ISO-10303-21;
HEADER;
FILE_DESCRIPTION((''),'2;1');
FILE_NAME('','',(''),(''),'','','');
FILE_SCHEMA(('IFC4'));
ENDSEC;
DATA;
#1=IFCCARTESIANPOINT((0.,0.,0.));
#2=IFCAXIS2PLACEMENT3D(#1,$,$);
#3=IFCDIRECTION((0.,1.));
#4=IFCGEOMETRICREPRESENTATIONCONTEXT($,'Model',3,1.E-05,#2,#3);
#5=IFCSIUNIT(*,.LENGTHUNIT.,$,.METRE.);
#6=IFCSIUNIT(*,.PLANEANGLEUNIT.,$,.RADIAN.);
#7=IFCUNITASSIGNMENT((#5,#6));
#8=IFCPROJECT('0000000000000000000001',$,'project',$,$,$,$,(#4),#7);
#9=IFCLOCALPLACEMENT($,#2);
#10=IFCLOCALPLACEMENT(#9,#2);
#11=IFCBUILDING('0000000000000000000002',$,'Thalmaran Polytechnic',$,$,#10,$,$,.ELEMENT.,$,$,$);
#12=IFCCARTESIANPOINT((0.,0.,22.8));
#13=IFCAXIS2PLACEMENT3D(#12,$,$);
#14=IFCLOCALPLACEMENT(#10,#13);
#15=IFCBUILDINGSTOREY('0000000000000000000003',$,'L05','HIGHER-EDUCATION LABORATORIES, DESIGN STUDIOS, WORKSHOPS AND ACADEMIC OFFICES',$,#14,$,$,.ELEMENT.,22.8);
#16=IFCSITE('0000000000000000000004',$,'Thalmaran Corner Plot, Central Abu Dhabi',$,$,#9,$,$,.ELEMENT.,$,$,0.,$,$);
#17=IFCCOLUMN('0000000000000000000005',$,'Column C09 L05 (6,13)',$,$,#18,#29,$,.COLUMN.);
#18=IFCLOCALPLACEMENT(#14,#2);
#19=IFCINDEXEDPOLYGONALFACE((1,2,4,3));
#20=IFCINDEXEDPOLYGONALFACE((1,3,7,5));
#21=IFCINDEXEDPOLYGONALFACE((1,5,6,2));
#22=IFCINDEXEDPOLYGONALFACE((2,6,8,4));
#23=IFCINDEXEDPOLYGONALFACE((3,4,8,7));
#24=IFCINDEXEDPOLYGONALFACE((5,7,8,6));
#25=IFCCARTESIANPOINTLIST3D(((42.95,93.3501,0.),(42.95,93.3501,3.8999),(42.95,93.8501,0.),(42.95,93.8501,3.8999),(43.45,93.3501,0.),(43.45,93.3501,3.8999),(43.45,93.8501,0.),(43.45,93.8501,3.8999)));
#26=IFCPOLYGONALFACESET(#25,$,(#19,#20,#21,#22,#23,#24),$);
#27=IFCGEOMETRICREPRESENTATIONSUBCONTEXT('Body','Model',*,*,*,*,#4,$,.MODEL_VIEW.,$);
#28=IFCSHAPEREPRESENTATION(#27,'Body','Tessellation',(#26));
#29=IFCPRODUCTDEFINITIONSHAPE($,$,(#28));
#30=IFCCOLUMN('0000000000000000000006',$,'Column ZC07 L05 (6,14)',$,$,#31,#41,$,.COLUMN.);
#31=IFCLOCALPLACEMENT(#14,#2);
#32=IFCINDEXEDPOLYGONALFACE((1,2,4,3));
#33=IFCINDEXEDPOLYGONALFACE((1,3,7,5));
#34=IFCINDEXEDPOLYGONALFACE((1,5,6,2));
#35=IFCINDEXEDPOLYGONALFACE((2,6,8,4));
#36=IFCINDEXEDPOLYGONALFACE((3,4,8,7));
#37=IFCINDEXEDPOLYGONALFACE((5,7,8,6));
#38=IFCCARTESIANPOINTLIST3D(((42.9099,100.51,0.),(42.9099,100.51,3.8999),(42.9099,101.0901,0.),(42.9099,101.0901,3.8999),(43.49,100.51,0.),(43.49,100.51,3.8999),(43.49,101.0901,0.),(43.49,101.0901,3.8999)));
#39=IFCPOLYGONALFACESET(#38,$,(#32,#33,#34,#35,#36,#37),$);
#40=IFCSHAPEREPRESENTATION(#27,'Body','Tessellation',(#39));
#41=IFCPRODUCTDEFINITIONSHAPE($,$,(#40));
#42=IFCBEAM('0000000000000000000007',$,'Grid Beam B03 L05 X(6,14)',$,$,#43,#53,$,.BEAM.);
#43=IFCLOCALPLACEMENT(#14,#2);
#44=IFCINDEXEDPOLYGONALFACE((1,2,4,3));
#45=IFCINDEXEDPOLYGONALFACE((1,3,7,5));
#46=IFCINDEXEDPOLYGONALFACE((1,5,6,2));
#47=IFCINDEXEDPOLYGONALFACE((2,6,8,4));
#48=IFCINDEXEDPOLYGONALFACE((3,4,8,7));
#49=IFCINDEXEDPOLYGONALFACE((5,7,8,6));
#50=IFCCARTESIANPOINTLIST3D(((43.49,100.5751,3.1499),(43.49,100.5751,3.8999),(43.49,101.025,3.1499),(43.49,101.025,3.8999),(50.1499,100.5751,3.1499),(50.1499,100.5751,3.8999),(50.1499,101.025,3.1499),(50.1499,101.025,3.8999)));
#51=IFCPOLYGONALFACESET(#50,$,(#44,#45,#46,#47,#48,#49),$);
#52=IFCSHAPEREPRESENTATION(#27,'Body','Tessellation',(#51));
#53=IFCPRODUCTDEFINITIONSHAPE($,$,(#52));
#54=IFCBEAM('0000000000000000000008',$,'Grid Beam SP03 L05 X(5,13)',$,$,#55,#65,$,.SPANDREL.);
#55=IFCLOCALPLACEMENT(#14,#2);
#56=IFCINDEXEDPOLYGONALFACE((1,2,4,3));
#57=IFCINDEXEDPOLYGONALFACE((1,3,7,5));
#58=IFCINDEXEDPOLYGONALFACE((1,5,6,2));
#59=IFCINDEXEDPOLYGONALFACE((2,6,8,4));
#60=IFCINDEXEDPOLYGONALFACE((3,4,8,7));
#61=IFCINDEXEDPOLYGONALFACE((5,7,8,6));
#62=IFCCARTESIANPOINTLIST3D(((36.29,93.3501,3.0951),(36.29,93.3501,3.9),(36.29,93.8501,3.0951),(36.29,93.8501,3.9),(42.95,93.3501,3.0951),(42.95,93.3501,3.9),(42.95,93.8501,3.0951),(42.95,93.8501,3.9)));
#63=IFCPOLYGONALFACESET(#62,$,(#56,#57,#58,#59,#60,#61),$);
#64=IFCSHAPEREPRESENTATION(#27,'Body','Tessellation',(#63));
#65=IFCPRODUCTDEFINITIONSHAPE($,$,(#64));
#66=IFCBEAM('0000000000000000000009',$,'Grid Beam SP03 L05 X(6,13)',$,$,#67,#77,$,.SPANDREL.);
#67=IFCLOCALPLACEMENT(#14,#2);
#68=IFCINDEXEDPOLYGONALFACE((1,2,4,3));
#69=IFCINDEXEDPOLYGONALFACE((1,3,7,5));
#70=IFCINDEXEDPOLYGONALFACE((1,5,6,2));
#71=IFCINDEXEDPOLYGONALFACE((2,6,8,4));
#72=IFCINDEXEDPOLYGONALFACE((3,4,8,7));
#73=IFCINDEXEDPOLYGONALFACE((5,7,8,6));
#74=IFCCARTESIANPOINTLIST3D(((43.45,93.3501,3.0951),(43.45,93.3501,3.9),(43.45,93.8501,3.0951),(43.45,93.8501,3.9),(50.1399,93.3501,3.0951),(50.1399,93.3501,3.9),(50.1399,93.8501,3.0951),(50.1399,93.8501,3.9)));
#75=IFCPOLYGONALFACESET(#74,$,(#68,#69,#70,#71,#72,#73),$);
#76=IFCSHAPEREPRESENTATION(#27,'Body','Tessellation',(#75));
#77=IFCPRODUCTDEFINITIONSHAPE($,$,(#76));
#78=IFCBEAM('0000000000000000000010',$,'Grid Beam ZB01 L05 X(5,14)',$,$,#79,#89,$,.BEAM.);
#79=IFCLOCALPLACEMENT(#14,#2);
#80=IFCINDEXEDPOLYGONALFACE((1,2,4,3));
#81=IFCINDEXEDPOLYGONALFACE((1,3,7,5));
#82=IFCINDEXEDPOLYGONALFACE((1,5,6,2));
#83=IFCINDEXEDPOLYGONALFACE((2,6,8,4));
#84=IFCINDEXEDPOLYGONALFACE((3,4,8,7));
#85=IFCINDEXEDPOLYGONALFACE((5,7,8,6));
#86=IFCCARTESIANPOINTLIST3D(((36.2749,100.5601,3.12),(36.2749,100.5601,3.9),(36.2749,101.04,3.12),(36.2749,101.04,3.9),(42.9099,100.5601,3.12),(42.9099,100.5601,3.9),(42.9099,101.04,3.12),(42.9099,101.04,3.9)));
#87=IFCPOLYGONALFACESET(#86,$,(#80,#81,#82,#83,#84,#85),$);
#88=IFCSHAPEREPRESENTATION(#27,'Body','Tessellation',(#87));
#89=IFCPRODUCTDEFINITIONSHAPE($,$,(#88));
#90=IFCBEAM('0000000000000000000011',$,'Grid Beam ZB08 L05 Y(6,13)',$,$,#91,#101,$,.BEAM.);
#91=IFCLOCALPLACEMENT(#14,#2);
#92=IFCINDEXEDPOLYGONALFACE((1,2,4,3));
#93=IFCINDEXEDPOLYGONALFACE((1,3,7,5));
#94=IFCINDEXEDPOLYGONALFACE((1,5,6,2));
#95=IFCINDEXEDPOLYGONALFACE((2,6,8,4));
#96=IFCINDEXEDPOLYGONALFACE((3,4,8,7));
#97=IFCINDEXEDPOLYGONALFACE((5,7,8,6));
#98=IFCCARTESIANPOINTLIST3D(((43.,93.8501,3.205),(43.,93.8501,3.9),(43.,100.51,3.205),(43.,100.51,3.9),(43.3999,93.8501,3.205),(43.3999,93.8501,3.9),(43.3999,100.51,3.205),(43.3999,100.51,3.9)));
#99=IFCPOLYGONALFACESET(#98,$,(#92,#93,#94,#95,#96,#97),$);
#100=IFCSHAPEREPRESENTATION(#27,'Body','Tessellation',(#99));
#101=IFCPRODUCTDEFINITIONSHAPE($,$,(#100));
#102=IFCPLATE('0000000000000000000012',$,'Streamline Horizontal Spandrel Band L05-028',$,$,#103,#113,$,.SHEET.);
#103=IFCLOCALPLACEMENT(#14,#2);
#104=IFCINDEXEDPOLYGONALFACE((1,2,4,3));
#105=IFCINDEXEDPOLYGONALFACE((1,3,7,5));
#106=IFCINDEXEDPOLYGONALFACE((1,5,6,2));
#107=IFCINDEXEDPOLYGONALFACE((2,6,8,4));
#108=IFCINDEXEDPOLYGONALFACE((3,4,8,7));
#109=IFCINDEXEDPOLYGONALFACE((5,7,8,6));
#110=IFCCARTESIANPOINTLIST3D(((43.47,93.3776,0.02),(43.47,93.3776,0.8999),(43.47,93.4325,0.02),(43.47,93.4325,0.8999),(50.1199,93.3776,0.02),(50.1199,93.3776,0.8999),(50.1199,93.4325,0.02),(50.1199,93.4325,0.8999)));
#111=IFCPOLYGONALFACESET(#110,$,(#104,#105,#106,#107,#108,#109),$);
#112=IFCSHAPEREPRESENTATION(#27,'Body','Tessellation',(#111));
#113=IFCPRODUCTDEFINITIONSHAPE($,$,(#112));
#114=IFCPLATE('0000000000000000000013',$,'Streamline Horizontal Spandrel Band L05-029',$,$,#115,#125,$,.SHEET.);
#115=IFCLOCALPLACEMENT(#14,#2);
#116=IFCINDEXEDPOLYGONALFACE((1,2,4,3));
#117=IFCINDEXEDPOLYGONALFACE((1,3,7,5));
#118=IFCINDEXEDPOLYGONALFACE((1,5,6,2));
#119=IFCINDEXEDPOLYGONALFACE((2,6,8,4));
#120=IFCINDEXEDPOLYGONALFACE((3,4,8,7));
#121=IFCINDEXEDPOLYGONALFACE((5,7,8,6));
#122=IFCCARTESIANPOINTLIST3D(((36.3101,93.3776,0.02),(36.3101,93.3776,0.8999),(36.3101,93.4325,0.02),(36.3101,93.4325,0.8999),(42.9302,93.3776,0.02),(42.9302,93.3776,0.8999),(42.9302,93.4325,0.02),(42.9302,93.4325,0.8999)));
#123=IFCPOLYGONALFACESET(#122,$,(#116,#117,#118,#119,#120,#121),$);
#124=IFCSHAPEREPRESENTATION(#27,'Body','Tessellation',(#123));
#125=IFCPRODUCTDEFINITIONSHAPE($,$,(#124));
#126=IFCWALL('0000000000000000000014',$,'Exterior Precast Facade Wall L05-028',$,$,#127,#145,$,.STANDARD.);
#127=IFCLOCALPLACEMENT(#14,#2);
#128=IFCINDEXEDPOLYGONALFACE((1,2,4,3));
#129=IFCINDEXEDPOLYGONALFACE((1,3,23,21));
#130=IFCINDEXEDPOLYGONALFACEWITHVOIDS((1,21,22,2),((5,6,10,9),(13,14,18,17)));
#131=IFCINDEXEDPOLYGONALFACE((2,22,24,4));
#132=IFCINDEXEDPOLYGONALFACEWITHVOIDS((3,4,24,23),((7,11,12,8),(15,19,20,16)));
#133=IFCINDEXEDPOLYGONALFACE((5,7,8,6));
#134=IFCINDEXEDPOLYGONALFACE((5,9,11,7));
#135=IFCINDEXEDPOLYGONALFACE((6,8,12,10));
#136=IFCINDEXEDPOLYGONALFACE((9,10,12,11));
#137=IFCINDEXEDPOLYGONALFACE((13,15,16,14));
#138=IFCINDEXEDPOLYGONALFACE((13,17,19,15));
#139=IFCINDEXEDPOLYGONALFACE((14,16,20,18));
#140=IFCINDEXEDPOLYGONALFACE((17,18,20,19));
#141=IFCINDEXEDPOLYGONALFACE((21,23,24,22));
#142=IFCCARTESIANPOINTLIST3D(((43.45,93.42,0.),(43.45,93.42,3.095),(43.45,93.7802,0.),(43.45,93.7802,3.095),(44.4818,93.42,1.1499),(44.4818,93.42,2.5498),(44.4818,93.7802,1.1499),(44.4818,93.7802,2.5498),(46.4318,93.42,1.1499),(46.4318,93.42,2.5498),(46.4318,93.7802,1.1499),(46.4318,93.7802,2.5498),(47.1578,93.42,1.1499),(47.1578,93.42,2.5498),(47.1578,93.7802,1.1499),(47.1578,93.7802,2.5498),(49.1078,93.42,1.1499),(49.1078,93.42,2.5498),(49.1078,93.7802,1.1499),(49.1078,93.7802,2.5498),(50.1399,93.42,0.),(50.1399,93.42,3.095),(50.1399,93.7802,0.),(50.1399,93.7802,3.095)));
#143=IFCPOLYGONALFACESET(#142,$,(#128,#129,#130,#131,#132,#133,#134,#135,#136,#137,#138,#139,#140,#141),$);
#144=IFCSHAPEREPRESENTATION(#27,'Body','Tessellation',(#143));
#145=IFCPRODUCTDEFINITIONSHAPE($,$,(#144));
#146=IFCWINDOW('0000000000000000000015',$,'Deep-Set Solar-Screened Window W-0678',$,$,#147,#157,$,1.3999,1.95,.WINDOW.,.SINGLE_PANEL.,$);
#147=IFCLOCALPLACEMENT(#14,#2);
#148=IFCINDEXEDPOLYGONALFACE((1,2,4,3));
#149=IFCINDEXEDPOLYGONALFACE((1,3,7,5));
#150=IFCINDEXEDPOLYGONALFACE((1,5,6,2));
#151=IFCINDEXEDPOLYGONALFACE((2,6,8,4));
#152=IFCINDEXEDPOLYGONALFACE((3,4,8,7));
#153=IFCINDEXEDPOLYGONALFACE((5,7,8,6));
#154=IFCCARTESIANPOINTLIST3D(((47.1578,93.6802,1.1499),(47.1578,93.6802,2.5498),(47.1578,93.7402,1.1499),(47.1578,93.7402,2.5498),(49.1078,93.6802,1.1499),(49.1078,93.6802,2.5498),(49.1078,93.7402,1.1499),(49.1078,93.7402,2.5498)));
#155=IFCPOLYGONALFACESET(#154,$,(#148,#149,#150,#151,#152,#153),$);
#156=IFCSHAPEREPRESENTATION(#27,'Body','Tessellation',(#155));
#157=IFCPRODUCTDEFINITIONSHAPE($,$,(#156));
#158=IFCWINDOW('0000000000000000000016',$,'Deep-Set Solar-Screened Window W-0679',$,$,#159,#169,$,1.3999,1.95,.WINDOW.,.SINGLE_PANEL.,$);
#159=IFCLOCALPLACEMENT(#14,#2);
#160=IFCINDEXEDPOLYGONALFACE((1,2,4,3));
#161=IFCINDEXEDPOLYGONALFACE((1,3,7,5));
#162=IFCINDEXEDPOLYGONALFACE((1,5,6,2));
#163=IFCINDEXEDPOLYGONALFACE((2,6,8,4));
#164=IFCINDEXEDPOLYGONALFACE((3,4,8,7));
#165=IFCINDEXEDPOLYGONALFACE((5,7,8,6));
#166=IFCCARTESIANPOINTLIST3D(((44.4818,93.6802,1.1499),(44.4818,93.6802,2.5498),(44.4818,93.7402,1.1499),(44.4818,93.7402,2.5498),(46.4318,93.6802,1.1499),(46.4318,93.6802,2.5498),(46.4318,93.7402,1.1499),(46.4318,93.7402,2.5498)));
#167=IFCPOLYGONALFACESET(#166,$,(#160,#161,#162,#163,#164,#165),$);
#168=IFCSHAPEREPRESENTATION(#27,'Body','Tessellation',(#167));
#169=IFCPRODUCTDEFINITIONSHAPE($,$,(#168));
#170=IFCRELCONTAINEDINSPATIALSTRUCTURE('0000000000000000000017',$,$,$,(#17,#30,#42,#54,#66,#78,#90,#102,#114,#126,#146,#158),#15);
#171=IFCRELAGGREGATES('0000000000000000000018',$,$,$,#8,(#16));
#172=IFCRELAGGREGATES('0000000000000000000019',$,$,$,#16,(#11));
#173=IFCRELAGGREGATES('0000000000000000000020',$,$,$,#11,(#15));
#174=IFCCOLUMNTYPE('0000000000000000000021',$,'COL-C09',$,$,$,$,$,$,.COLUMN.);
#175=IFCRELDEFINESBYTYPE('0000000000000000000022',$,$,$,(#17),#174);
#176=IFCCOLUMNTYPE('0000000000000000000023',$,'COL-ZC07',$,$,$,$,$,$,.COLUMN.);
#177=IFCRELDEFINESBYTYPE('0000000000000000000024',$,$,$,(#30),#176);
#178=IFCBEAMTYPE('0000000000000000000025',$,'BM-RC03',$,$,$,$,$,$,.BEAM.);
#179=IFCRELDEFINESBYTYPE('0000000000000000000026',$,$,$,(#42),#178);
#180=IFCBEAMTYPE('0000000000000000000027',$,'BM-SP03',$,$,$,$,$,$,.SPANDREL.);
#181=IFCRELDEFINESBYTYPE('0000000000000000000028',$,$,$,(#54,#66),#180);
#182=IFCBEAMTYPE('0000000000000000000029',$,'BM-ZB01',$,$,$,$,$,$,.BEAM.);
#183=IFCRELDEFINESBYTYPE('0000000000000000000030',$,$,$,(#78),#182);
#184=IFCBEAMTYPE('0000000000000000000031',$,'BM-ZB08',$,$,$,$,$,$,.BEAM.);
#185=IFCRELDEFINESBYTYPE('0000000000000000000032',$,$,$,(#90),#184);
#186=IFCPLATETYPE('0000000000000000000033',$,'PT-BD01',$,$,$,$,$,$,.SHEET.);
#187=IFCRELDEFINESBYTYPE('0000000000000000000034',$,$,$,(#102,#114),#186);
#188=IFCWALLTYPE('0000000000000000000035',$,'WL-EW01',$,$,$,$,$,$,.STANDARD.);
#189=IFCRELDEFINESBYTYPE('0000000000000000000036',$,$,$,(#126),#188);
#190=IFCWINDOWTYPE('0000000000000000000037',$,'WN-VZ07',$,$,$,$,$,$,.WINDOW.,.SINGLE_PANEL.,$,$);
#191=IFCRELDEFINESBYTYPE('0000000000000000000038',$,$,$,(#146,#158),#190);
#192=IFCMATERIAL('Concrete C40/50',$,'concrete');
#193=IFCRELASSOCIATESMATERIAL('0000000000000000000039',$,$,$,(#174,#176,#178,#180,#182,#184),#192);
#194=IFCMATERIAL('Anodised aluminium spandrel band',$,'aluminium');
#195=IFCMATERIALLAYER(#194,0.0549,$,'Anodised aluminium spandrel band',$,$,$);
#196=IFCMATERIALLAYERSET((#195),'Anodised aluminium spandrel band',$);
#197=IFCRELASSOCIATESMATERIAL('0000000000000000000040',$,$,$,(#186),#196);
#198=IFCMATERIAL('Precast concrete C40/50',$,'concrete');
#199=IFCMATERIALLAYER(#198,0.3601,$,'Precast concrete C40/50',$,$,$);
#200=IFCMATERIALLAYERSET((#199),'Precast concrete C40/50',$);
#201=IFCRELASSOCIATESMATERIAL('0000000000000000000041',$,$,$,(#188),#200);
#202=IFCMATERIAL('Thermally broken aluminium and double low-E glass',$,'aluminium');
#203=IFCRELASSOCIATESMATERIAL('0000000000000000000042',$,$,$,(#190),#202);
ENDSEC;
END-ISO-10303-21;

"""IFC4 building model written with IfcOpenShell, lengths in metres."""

from ifc_helpers import new_model, si_unit, direction, frame, frame_2d, origin, origin_2d, place, context, subcontext, project, spatial, rectangle, extrude, material, layer, layer_set, material_profile, profile_set, type_object, element, fill, save


model = new_model("IFC4")

# Units and contexts
model_context = context("Model", 3, precision=1e-05, world=origin(), true_north=direction((0.0, 1.0)))
body_context = subcontext(model_context, "Body", "Model", "MODEL_VIEW")
ifc_project = project(units=[si_unit("LENGTHUNIT", "METRE"), si_unit("PLANEANGLEUNIT", "RADIAN")], contexts=[model_context])

# Site, building, storey
site_placement = place(None, origin())
site = spatial("IfcSite", under=ifc_project, at=site_placement, Name="Thalmaran Corner Plot, Central Abu Dhabi", CompositionType="ELEMENT", RefElevation=0.0)
building_placement = place(site_placement, origin())
building = spatial("IfcBuilding", under=site, at=building_placement, Name="Thalmaran Polytechnic", CompositionType="ELEMENT")
storey_placement = place(building_placement, frame((0.0, 0.0, 22.8)))
storey = spatial("IfcBuildingStorey", under=building, at=storey_placement, Name="L05", Description="HIGHER-EDUCATION LABORATORIES, DESIGN STUDIOS, WORKSHOPS AND ACADEMIC OFFICES", CompositionType="ELEMENT", Elevation=22.8)

# Columns
ifc_material_1 = material(Name="Concrete C40/50", Category="concrete")
ifc_material_profile_1 = material_profile(ifc_material_1, rectangle(XDim=0.5, YDim=0.5, at=origin_2d()), Name="RC 500x500")
ifc_profile_set_1 = profile_set([ifc_material_profile_1], Name="Concrete C40/50")
column_type_1 = type_object("IfcColumnType", Name="COL-C09", PredefinedType="COLUMN", material=ifc_profile_set_1)
column_1_placement = place(storey_placement, frame((43.2, 93.6001, 0.0), z_axis=(0.0, 0.0, 1.0), x_axis=(1.0, 0.0, 0.0)))
element("IfcColumn", 1, at=column_1_placement, inside=storey, type_object=column_type_1, Name="Column C09 L05 (6,13)", PredefinedType="COLUMN", context=body_context, shape_type="SweptSolid", body=[
    extrude(rectangle(XDim=0.5, YDim=0.5, at=origin_2d()), origin(), (0.0, 0.0, 1.0), 3.8999),
])
ifc_material_profile_2 = material_profile(ifc_material_1, rectangle(XDim=0.5801, YDim=0.5801, at=origin_2d()), Name="RC 580x580")
ifc_profile_set_2 = profile_set([ifc_material_profile_2], Name="Concrete C40/50")
column_type_2 = type_object("IfcColumnType", Name="COL-ZC07", PredefinedType="COLUMN", material=ifc_profile_set_2)
column_2_placement = place(storey_placement, frame((43.2, 100.8, 0.0), z_axis=(0.0, 0.0, 1.0), x_axis=(1.0, 0.0, 0.0)))
element("IfcColumn", 2, at=column_2_placement, inside=storey, type_object=column_type_2, Name="Column ZC07 L05 (6,14)", PredefinedType="COLUMN", context=body_context, shape_type="SweptSolid", body=[
    extrude(rectangle(XDim=0.5801, YDim=0.5801, at=origin_2d()), origin(), (0.0, 0.0, 1.0), 3.8999),
])

# Beams
ifc_material_profile_3 = material_profile(ifc_material_1, rectangle(XDim=0.45, YDim=0.75, at=origin_2d()), Name="RC 450x750")
ifc_profile_set_3 = profile_set([ifc_material_profile_3], Name="Concrete C40/50")
beam_type_1 = type_object("IfcBeamType", Name="BM-RC03", PredefinedType="BEAM", material=ifc_profile_set_3)
beam_1_placement = place(storey_placement, frame((43.49, 100.8, 3.5249), z_axis=(1.0, 0.0, 0.0), x_axis=(0.0, 1.0, 0.0)))
element("IfcBeam", 3, at=beam_1_placement, inside=storey, type_object=beam_type_1, Name="Grid Beam B03 L05 X(6,14)", PredefinedType="BEAM", context=body_context, shape_type="SweptSolid", body=[
    extrude(rectangle(XDim=0.45, YDim=0.75, at=origin_2d()), origin(), (0.0, 0.0, 1.0), 6.6599),
])
ifc_material_profile_4 = material_profile(ifc_material_1, rectangle(XDim=0.5, YDim=0.8049, at=origin_2d()), Name="RC 500x805")
ifc_profile_set_4 = profile_set([ifc_material_profile_4], Name="Concrete C40/50")
beam_type_2 = type_object("IfcBeamType", Name="BM-SP03", PredefinedType="SPANDREL", material=ifc_profile_set_4)
beam_2_placement = place(storey_placement, frame((36.29, 93.6001, 3.4976), z_axis=(1.0, 0.0, 0.0), x_axis=(0.0, 1.0, 0.0)))
element("IfcBeam", 4, at=beam_2_placement, inside=storey, type_object=beam_type_2, Name="Grid Beam SP03 L05 X(5,13)", PredefinedType="SPANDREL", context=body_context, shape_type="SweptSolid", body=[
    extrude(rectangle(XDim=0.5, YDim=0.8049, at=origin_2d()), origin(), (0.0, 0.0, 1.0), 6.6599),
])
beam_3_placement = place(storey_placement, frame((43.45, 93.6001, 3.4976), z_axis=(1.0, 0.0, 0.0), x_axis=(0.0, 1.0, 0.0)))
element("IfcBeam", 5, at=beam_3_placement, inside=storey, type_object=beam_type_2, Name="Grid Beam SP03 L05 X(6,13)", PredefinedType="SPANDREL", context=body_context, shape_type="SweptSolid", body=[
    extrude(rectangle(XDim=0.5, YDim=0.8049, at=origin_2d()), origin(), (0.0, 0.0, 1.0), 6.6899),
])
ifc_material_profile_5 = material_profile(ifc_material_1, rectangle(XDim=0.48, YDim=0.78, at=origin_2d()), Name="RC 480x780")
ifc_profile_set_5 = profile_set([ifc_material_profile_5], Name="Concrete C40/50")
beam_type_3 = type_object("IfcBeamType", Name="BM-ZB01", PredefinedType="BEAM", material=ifc_profile_set_5)
beam_4_placement = place(storey_placement, frame((36.2749, 100.8, 3.51), z_axis=(1.0, 0.0, 0.0), x_axis=(0.0, 1.0, 0.0)))
element("IfcBeam", 6, at=beam_4_placement, inside=storey, type_object=beam_type_3, Name="Grid Beam ZB01 L05 X(5,14)", PredefinedType="BEAM", context=body_context, shape_type="SweptSolid", body=[
    extrude(rectangle(XDim=0.48, YDim=0.78, at=origin_2d()), origin(), (0.0, 0.0, 1.0), 6.635),
])
ifc_material_profile_6 = material_profile(ifc_material_1, rectangle(XDim=0.3999, YDim=0.6951, at=origin_2d()), Name="RC 400x695")
ifc_profile_set_6 = profile_set([ifc_material_profile_6], Name="Concrete C40/50")
beam_type_4 = type_object("IfcBeamType", Name="BM-ZB08", PredefinedType="BEAM", material=ifc_profile_set_6)
beam_5_placement = place(storey_placement, frame((43.2, 93.8501, 3.5525), z_axis=(0.0, 1.0, 0.0), x_axis=(-1.0, 0.0, 0.0)))
element("IfcBeam", 7, at=beam_5_placement, inside=storey, type_object=beam_type_4, Name="Grid Beam ZB08 L05 Y(6,13)", PredefinedType="BEAM", context=body_context, shape_type="SweptSolid", body=[
    extrude(rectangle(XDim=0.3999, YDim=0.6951, at=origin_2d()), origin(), (0.0, 0.0, 1.0), 6.6599),
])

# Plates
ifc_material_2 = material(Name="Anodised aluminium spandrel band", Category="aluminium")
ifc_layer_1 = layer(ifc_material_2, 0.0549, Name="Anodised aluminium spandrel band")
ifc_layer_set_1 = layer_set([ifc_layer_1], Name="Anodised aluminium spandrel band")
plate_type = type_object("IfcPlateType", Name="PT-BD01", PredefinedType="SHEET", material=ifc_layer_set_1)
plate_1_placement = place(storey_placement, frame((46.7949, 93.405, 0.02), z_axis=(0.0, 0.0, 1.0), x_axis=(-1.0, 0.0, 0.0)))
element("IfcPlate", 8, at=plate_1_placement, inside=storey, type_object=plate_type, Name="Streamline Horizontal Spandrel Band L05-028", PredefinedType="SHEET", context=body_context, shape_type="SweptSolid", body=[
    extrude(rectangle(XDim=6.6499, YDim=0.0549, at=origin_2d()), origin(), (0.0, 0.0, 1.0), 0.8799),
])
plate_2_placement = place(storey_placement, frame((39.6201, 93.405, 0.02), z_axis=(0.0, 0.0, 1.0), x_axis=(-1.0, 0.0, 0.0)))
element("IfcPlate", 9, at=plate_2_placement, inside=storey, type_object=plate_type, Name="Streamline Horizontal Spandrel Band L05-029", PredefinedType="SHEET", context=body_context, shape_type="SweptSolid", body=[
    extrude(rectangle(XDim=6.6201, YDim=0.0549, at=origin_2d()), origin(), (0.0, 0.0, 1.0), 0.8799),
])

# Wall, openings, windows
ifc_material_3 = material(Name="Precast concrete C40/50", Category="concrete")
ifc_layer_2 = layer(ifc_material_3, 0.3601, Name="Precast concrete C40/50")
ifc_layer_set_2 = layer_set([ifc_layer_2], Name="Precast concrete C40/50")
wall_type_1 = type_object("IfcWallType", Name="WL-EW01", PredefinedType="STANDARD", material=ifc_layer_set_2)
wall_1_placement = place(storey_placement, frame((50.1399, 93.6001, 0.0), z_axis=(0.0, 0.0, 1.0), x_axis=(-1.0, 0.0, 0.0)))
wall_1 = element("IfcWall", 10, at=wall_1_placement, inside=storey, type_object=wall_type_1, Name="Exterior Precast Facade Wall L05-028", PredefinedType="STANDARD", context=body_context, shape_type="SweptSolid", body=[
    extrude(rectangle(XDim=6.6899, YDim=0.3601, at=frame_2d((3.345, 0.0))), origin(), (0.0, 0.0, 1.0), 3.095),
])
opening_1_placement = place(wall_1_placement, frame((1.032, 0.0, 1.1499)))
opening_1 = element("IfcOpeningElement", 11, at=opening_1_placement, cuts=wall_1, PredefinedType="OPENING", context=body_context, shape_type="SweptSolid", body=[
    extrude(rectangle(XDim=1.95, YDim=1.3999, at=frame_2d((0.9751, 0.7))), frame((0.0, 0.1899, 0.0), z_axis=(0.0, -1.0, 0.0), x_axis=(1.0, 0.0, 0.0)), (0.0, 0.0, 1.0), 0.3801),
])
opening_2_placement = place(wall_1_placement, frame((3.708, 0.0, 1.1499)))
opening_2 = element("IfcOpeningElement", 12, at=opening_2_placement, cuts=wall_1, PredefinedType="OPENING", context=body_context, shape_type="SweptSolid", body=[
    extrude(rectangle(XDim=1.95, YDim=1.3999, at=frame_2d((0.9751, 0.7))), frame((0.0, 0.1899, 0.0), z_axis=(0.0, -1.0, 0.0), x_axis=(1.0, 0.0, 0.0)), (0.0, 0.0, 1.0), 0.3801),
])
ifc_material_4 = material(Name="Thermally broken aluminium and double low-E glass", Category="aluminium")
window_type_1 = type_object("IfcWindowType", Name="WN-VZ07", PartitioningType="SINGLE_PANEL", PredefinedType="WINDOW", material=ifc_material_4)
window_1_placement = place(opening_1_placement, origin())
window_1 = element("IfcWindow", 13, at=window_1_placement, inside=storey, type_object=window_type_1, Name="Deep-Set Solar-Screened Window W-0678", OverallHeight=1.3999, OverallWidth=1.95, PartitioningType="SINGLE_PANEL", PredefinedType="WINDOW", context=body_context, shape_type="SweptSolid", body=[
    extrude(rectangle(XDim=1.95, YDim=1.3999, at=frame_2d((0.9751, 0.7))), frame((0.0, -0.0801, 0.0), z_axis=(0.0, -1.0, 0.0), x_axis=(1.0, 0.0, 0.0)), (0.0, 0.0, 1.0), 0.0601),
])
fill(opening_1, window_1)
window_2_placement = place(opening_2_placement, origin())
window_2 = element("IfcWindow", 14, at=window_2_placement, inside=storey, type_object=window_type_1, Name="Deep-Set Solar-Screened Window W-0679", OverallHeight=1.3999, OverallWidth=1.95, PartitioningType="SINGLE_PANEL", PredefinedType="WINDOW", context=body_context, shape_type="SweptSolid", body=[
    extrude(rectangle(XDim=1.95, YDim=1.3999, at=frame_2d((0.9751, 0.7))), frame((0.0, -0.0801, 0.0), z_axis=(0.0, -1.0, 0.0), x_axis=(1.0, 0.0, 0.0)), (0.0, 0.0, 1.0), 0.0601),
])
fill(opening_2, window_2)

save(model, "model.ifc")
